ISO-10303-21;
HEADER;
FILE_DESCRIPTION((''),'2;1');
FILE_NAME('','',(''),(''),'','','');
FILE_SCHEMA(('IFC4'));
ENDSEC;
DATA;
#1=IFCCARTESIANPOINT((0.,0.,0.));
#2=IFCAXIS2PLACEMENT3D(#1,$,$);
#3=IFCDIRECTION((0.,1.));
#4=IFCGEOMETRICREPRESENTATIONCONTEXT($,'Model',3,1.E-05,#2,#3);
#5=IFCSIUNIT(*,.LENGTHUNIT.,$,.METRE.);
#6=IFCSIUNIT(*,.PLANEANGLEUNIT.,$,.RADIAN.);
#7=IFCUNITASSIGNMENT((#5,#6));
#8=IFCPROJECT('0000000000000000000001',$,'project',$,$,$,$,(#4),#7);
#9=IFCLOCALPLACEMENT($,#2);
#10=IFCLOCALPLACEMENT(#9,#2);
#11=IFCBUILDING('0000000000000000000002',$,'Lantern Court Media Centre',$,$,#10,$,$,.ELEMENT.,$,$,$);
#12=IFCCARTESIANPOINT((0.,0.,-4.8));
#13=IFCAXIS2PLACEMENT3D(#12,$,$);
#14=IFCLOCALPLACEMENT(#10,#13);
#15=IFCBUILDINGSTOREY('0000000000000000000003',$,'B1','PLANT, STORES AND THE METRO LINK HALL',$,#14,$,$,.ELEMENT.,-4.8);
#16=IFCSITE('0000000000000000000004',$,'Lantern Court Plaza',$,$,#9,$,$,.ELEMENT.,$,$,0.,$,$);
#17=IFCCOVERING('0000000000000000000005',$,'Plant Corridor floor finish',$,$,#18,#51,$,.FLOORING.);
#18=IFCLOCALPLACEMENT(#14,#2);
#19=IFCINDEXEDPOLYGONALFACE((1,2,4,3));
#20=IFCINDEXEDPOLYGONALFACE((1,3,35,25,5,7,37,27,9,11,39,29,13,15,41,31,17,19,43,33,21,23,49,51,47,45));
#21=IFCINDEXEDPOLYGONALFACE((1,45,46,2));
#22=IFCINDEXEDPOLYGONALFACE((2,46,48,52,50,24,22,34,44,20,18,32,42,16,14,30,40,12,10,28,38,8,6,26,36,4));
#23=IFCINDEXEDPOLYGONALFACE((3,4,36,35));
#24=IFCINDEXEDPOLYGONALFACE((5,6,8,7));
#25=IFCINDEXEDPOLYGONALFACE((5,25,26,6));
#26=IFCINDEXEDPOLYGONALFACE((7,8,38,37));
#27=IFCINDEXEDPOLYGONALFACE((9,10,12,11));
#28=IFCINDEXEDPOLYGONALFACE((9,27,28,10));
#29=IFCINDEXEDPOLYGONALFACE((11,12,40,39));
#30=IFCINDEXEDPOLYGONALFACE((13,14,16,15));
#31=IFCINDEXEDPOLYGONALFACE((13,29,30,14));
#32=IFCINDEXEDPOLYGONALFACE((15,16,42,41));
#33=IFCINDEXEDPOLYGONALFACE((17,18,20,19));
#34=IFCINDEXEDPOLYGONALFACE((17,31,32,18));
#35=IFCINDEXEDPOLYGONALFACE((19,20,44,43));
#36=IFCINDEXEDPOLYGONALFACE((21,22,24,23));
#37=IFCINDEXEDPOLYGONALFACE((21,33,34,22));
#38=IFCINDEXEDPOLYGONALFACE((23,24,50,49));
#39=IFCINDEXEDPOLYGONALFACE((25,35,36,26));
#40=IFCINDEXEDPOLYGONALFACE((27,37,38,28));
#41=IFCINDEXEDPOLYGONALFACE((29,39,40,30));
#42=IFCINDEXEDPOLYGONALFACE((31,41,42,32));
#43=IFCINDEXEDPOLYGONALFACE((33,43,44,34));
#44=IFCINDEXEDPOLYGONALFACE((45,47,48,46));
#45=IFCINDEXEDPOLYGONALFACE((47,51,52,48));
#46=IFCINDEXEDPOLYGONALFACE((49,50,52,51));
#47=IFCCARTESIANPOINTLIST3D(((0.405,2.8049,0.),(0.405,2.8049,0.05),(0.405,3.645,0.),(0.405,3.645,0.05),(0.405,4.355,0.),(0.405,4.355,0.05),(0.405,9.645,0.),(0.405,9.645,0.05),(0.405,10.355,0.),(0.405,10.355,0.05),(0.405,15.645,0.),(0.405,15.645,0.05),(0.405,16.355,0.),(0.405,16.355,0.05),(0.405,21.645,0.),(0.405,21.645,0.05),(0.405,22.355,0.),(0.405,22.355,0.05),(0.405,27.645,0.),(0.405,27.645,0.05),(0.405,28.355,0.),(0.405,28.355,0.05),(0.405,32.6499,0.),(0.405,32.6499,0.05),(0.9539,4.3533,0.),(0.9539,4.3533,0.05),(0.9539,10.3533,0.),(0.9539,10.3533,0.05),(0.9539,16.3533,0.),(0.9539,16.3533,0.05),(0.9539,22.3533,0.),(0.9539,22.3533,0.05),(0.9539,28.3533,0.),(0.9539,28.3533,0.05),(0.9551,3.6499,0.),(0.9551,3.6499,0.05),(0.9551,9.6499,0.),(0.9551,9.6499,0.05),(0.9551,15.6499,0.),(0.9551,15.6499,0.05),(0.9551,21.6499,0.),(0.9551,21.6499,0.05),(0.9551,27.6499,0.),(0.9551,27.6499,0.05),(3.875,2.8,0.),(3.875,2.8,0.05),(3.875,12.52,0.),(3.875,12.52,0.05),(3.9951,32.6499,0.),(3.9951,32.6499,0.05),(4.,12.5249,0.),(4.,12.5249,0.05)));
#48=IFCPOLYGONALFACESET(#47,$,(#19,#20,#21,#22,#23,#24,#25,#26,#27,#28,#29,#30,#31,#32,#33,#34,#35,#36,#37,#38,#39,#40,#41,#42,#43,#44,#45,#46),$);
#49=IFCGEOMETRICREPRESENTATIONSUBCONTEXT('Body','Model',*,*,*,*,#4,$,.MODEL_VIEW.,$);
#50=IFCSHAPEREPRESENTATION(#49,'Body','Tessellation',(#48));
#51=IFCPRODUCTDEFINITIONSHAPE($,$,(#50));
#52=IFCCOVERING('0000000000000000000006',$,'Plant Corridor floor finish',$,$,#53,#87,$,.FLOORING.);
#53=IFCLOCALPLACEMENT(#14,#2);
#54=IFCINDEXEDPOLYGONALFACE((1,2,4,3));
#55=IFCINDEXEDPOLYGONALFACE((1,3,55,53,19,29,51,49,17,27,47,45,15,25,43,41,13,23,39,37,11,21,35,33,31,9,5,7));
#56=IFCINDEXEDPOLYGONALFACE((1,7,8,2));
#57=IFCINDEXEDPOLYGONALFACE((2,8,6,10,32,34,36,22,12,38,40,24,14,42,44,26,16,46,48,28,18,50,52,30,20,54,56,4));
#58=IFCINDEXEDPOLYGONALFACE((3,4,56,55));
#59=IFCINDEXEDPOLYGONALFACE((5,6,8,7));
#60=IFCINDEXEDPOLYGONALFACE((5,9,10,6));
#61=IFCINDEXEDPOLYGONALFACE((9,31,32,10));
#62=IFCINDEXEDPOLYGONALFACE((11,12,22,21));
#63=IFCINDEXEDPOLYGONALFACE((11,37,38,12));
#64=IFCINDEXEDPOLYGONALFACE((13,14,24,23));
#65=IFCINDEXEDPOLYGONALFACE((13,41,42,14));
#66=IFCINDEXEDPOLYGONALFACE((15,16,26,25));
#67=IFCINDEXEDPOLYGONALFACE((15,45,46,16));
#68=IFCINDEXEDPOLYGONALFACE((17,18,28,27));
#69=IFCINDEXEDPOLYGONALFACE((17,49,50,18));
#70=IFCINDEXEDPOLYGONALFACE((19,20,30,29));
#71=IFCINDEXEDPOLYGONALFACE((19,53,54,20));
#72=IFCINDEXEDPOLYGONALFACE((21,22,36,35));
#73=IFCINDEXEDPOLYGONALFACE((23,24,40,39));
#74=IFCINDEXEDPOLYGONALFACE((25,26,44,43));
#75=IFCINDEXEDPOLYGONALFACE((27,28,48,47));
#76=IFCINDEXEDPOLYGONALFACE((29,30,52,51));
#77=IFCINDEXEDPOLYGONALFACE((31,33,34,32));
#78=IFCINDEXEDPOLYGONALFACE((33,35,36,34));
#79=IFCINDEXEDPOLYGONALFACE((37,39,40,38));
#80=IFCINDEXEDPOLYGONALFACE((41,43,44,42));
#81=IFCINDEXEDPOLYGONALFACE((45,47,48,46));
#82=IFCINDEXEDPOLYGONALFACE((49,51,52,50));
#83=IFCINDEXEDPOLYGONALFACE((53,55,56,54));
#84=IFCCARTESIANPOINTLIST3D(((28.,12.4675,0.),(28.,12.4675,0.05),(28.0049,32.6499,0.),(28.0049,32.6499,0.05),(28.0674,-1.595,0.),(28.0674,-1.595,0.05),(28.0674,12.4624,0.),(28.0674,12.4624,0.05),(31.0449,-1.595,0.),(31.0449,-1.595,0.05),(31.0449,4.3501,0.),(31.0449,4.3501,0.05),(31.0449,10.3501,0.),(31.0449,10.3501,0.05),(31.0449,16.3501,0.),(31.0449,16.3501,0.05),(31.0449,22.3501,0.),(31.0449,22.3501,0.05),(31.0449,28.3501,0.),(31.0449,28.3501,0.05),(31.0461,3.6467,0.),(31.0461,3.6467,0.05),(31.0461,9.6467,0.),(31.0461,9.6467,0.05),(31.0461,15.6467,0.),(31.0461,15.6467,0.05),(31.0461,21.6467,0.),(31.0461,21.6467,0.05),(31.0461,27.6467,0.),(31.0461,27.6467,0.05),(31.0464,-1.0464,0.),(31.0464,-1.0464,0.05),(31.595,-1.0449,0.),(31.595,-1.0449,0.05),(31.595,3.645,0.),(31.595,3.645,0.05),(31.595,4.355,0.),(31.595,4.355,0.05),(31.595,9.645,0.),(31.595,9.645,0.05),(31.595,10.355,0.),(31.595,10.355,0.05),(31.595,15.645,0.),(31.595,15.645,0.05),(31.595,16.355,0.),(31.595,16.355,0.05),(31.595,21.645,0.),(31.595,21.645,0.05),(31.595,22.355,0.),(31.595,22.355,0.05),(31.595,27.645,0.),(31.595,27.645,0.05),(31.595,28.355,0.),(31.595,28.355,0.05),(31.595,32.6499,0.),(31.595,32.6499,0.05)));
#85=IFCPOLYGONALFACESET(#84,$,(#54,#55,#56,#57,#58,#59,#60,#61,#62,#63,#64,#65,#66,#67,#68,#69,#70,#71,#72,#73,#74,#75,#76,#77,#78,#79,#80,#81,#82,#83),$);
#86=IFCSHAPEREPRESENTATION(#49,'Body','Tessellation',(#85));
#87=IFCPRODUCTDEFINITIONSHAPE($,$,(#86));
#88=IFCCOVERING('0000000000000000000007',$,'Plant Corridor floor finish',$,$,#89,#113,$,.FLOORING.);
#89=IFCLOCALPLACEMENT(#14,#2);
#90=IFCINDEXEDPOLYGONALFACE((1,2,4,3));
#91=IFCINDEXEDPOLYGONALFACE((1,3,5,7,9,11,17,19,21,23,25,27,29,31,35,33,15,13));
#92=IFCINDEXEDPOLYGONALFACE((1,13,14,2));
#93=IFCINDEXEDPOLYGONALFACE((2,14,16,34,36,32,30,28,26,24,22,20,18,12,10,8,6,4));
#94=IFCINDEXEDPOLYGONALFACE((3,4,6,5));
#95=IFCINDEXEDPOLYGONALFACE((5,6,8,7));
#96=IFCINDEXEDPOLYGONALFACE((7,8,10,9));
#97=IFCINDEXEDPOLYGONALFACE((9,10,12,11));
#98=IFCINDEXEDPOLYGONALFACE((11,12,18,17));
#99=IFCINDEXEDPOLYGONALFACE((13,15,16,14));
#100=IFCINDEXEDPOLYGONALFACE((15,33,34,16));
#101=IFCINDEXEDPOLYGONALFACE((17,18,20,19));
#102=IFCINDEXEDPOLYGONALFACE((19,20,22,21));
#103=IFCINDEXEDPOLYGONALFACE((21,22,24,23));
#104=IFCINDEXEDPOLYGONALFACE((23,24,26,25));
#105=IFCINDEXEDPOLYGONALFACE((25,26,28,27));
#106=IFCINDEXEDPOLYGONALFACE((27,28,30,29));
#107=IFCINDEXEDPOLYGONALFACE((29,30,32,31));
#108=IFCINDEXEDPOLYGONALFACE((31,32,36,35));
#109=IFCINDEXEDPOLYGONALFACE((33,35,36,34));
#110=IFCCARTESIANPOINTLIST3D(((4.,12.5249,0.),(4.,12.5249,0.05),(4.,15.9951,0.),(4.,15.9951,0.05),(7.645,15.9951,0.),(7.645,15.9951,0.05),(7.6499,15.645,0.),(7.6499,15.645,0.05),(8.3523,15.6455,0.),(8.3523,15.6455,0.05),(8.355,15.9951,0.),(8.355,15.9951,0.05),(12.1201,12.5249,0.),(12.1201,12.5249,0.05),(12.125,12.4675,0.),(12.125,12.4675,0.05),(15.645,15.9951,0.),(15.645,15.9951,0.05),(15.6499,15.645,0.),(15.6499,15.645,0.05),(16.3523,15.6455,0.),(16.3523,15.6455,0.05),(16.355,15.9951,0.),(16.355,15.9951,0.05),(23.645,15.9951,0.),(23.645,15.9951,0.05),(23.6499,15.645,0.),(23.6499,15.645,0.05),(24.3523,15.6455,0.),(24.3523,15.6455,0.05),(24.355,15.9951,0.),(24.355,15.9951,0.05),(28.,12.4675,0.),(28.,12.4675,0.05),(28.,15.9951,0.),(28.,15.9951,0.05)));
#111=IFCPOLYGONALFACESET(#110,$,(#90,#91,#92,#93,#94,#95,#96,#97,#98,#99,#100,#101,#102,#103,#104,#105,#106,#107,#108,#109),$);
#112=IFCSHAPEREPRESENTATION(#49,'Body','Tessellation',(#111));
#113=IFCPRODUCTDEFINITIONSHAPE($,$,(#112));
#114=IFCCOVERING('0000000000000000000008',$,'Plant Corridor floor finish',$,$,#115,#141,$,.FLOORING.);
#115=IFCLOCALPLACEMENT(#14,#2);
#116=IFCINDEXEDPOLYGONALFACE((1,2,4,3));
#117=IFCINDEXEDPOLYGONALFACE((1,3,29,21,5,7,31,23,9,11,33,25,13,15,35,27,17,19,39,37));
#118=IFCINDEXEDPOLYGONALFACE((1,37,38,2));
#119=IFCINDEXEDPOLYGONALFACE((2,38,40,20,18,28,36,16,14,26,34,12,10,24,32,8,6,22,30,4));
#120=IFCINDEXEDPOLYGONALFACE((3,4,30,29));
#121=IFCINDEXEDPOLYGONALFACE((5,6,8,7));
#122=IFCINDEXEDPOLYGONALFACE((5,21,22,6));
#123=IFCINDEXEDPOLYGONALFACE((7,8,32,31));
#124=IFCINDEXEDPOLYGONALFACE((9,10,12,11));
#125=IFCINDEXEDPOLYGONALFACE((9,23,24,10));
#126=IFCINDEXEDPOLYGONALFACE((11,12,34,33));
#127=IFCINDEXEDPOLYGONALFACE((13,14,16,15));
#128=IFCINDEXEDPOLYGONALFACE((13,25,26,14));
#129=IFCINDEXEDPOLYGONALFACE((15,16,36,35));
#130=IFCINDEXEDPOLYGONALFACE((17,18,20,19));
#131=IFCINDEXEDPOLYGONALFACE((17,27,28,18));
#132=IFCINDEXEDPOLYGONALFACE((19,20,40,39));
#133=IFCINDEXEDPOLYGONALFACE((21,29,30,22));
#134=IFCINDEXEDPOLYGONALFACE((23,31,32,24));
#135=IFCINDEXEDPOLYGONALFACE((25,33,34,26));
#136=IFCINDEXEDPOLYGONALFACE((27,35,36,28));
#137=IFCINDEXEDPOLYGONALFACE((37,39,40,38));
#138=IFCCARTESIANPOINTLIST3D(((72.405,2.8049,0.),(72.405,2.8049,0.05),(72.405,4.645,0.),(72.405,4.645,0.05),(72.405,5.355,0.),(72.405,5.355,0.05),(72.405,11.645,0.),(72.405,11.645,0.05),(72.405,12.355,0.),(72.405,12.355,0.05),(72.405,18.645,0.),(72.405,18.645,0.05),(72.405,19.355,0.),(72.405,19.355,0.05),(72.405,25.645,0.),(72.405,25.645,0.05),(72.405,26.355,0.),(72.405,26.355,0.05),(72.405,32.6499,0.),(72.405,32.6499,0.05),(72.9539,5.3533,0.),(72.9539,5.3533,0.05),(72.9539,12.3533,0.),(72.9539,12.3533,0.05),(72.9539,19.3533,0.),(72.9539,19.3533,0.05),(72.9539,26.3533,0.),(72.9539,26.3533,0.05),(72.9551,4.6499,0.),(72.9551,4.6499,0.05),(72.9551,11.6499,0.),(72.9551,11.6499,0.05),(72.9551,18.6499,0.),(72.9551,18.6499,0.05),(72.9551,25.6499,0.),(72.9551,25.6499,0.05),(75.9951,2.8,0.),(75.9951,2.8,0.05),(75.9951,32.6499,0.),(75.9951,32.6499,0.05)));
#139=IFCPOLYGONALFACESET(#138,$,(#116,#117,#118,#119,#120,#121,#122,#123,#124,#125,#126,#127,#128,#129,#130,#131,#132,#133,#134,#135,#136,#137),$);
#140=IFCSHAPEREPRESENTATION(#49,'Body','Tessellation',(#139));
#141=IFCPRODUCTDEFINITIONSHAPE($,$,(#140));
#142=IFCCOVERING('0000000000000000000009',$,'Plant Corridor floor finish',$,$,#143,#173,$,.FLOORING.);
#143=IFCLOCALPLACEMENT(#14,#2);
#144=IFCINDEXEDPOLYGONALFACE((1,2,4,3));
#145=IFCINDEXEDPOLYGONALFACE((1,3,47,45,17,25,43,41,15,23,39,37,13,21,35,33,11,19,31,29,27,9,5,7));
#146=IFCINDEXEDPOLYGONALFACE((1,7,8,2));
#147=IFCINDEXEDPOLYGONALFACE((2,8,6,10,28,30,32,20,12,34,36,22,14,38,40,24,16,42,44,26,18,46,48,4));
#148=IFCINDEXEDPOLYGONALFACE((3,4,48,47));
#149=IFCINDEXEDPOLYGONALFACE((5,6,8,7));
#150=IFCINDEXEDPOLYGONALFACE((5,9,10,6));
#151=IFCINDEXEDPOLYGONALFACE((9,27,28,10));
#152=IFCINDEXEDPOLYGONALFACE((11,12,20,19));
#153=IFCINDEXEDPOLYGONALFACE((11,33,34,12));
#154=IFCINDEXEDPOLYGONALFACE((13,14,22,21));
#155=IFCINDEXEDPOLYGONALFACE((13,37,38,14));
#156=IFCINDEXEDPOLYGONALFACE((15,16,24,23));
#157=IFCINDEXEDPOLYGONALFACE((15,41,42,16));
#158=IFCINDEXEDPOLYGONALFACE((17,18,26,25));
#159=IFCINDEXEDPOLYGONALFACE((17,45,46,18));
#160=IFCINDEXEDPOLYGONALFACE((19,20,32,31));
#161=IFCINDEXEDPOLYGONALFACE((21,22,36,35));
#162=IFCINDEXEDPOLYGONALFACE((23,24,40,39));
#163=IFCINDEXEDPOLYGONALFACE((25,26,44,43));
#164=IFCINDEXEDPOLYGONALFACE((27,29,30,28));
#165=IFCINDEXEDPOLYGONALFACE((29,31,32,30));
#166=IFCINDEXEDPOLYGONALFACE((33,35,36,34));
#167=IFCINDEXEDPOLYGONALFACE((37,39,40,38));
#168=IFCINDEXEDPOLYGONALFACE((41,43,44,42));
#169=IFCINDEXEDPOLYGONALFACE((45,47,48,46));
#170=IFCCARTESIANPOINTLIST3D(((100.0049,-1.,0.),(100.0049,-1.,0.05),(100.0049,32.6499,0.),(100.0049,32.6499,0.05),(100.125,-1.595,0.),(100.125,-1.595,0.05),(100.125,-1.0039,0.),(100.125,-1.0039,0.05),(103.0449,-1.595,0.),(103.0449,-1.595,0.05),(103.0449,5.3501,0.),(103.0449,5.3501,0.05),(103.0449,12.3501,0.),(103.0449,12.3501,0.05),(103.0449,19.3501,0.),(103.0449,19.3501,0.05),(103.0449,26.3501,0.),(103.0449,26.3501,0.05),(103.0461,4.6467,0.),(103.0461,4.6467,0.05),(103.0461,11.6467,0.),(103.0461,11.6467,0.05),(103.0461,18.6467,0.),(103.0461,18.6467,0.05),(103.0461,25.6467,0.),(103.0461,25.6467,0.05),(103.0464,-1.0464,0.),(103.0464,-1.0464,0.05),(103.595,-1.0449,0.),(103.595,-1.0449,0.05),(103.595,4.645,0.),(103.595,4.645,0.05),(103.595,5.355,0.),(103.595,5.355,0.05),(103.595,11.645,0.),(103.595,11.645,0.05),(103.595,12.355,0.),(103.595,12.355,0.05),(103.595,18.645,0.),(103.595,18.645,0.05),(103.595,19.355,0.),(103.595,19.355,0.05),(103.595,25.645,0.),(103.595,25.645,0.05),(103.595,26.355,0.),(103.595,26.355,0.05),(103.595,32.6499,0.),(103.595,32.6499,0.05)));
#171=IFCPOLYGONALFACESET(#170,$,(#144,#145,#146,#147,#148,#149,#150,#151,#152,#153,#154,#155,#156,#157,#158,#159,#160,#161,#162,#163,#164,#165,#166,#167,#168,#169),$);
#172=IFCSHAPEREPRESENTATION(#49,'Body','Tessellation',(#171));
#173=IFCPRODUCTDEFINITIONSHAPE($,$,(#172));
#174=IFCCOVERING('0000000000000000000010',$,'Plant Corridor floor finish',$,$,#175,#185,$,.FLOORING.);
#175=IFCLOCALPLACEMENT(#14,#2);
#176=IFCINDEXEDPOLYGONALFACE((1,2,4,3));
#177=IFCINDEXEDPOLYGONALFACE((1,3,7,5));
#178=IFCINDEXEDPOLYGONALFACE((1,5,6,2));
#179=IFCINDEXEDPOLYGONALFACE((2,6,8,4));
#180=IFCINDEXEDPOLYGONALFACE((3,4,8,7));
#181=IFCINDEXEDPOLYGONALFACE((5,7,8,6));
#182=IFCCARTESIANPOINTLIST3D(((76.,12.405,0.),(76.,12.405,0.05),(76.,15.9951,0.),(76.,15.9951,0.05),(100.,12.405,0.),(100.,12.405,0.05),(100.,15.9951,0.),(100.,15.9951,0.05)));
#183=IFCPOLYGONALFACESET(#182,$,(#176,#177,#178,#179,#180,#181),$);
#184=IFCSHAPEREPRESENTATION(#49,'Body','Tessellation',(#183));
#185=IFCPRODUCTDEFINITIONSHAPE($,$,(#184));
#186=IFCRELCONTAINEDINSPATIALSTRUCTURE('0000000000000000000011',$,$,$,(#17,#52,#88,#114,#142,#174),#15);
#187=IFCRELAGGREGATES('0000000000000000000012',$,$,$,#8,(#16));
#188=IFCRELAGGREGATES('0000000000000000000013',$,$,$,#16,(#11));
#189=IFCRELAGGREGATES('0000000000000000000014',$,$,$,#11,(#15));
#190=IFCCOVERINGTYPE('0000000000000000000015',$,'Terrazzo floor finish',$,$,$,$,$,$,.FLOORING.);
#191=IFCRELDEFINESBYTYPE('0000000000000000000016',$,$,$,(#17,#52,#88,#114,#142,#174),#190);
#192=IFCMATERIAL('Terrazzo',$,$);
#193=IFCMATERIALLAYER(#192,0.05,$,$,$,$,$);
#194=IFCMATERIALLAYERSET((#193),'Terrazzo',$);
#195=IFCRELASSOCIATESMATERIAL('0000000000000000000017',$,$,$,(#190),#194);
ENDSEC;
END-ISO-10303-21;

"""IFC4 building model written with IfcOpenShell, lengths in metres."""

from ifc_helpers import new_model, si_unit, direction, frame, origin, place, context, subcontext, project, spatial, polyline, outline, extrude, material, layer, layer_set, type_object, element, save


model = new_model("IFC4")

# Units and contexts
model_context = context("Model", 3, precision=1e-05, world=origin(), true_north=direction((0.0, 1.0)))
body_context = subcontext(model_context, "Body", "Model", "MODEL_VIEW")
ifc_project = project(units=[si_unit("LENGTHUNIT", "METRE"), si_unit("PLANEANGLEUNIT", "RADIAN")], contexts=[model_context])

# Site, building, storey
site_placement = place(None, origin())
site = spatial("IfcSite", under=ifc_project, at=site_placement, Name="Lantern Court Plaza", CompositionType="ELEMENT", RefElevation=0.0)
building_placement = place(site_placement, origin())
building = spatial("IfcBuilding", under=site, at=building_placement, Name="Lantern Court Media Centre", CompositionType="ELEMENT")
storey_placement = place(building_placement, frame((0.0, 0.0, -4.8)))
storey = spatial("IfcBuildingStorey", under=building, at=storey_placement, Name="B1", Description="PLANT, STORES AND THE METRO LINK HALL", CompositionType="ELEMENT", Elevation=-4.8)

# Coverings
ifc_material_1 = material(Name="Terrazzo")
ifc_layer_1 = layer(ifc_material_1, 0.05)
ifc_layer_set_1 = layer_set([ifc_layer_1], Name="Terrazzo")
covering_type_1 = type_object("IfcCoveringType", Name="Terrazzo floor finish", PredefinedType="FLOORING", material=ifc_layer_set_1)
covering_1_placement = place(storey_placement, origin())
element("IfcCovering", 1, at=covering_1_placement, inside=storey, type_object=covering_type_1, Name="Plant Corridor floor finish", PredefinedType="FLOORING", context=body_context, shape_type="SweptSolid", body=[
    extrude(outline(polyline([(4.0, 12.5249), (3.875, 12.52), (3.875, 2.8), (0.405, 2.8049), (0.405, 3.645), (0.9551, 3.6499), (0.9539, 4.3533), (0.405, 4.355), (0.405, 9.645), (0.9551, 9.6499), (0.9539, 10.3533), (0.405, 10.355), (0.405, 15.645), (0.9551, 15.6499), (0.9539, 16.3533), (0.405, 16.355), (0.405, 21.645), (0.9551, 21.6499), (0.9539, 22.3533), (0.405, 22.355), (0.405, 27.645), (0.9551, 27.6499), (0.9539, 28.3533), (0.405, 28.355), (0.405, 32.6499), (3.9951, 32.6499), (4.0, 12.5249)])), origin(), (0.0, 0.0, 1.0), 0.05),
])
covering_2_placement = place(storey_placement, origin())
element("IfcCovering", 2, at=covering_2_placement, inside=storey, type_object=covering_type_1, Name="Plant Corridor floor finish", PredefinedType="FLOORING", context=body_context, shape_type="SweptSolid", body=[
    extrude(outline(polyline([(31.595, 32.6499), (31.595, 28.355), (31.0449, 28.3501), (31.0461, 27.6467), (31.595, 27.645), (31.595, 22.355), (31.0449, 22.3501), (31.0461, 21.6467), (31.595, 21.645), (31.595, 16.355), (31.0449, 16.3501), (31.0461, 15.6467), (31.595, 15.645), (31.595, 10.355), (31.0449, 10.3501), (31.0461, 9.6467), (31.595, 9.645), (31.595, 4.355), (31.0449, 4.3501), (31.0461, 3.6467), (31.595, 3.645), (31.595, -1.0449), (31.0464, -1.0464), (31.0449, -1.595), (28.0674, -1.595), (28.0674, 12.4624), (28.0, 12.4675), (28.0049, 32.6499), (31.595, 32.6499)])), origin(), (0.0, 0.0, 1.0), 0.05),
])
covering_3_placement = place(storey_placement, origin())
element("IfcCovering", 3, at=covering_3_placement, inside=storey, type_object=covering_type_1, Name="Plant Corridor floor finish", PredefinedType="FLOORING", context=body_context, shape_type="SweptSolid", body=[
    extrude(outline(polyline([(28.0, 12.4675), (12.125, 12.4675), (12.1201, 12.5249), (4.0, 12.5249), (4.0, 15.9951), (7.645, 15.9951), (7.6499, 15.645), (8.3523, 15.6455), (8.355, 15.9951), (15.645, 15.9951), (15.6499, 15.645), (16.3523, 15.6455), (16.355, 15.9951), (23.645, 15.9951), (23.6499, 15.645), (24.3523, 15.6455), (24.355, 15.9951), (28.0, 15.9951), (28.0, 12.4675)])), origin(), (0.0, 0.0, 1.0), 0.05),
])
covering_4_placement = place(storey_placement, origin())
element("IfcCovering", 4, at=covering_4_placement, inside=storey, type_object=covering_type_1, Name="Plant Corridor floor finish", PredefinedType="FLOORING", context=body_context, shape_type="SweptSolid", body=[
    extrude(outline(polyline([(75.9951, 32.6499), (75.9951, 2.8), (72.405, 2.8049), (72.405, 4.645), (72.9551, 4.6499), (72.9539, 5.3533), (72.405, 5.355), (72.405, 11.645), (72.9551, 11.6499), (72.9539, 12.3533), (72.405, 12.355), (72.405, 18.645), (72.9551, 18.6499), (72.9539, 19.3533), (72.405, 19.355), (72.405, 25.645), (72.9551, 25.6499), (72.9539, 26.3533), (72.405, 26.355), (72.405, 32.6499), (75.9951, 32.6499)])), origin(), (0.0, 0.0, 1.0), 0.05),
])
covering_5_placement = place(storey_placement, origin())
element("IfcCovering", 5, at=covering_5_placement, inside=storey, type_object=covering_type_1, Name="Plant Corridor floor finish", PredefinedType="FLOORING", context=body_context, shape_type="SweptSolid", body=[
    extrude(outline(polyline([(103.595, 32.6499), (103.595, 26.355), (103.0449, 26.3501), (103.0461, 25.6467), (103.595, 25.645), (103.595, 19.355), (103.0449, 19.3501), (103.0461, 18.6467), (103.595, 18.645), (103.595, 12.355), (103.0449, 12.3501), (103.0461, 11.6467), (103.595, 11.645), (103.595, 5.355), (103.0449, 5.3501), (103.0461, 4.6467), (103.595, 4.645), (103.595, -1.0449), (103.0464, -1.0464), (103.0449, -1.595), (100.125, -1.595), (100.125, -1.0039), (100.0049, -1.0), (100.0049, 32.6499), (103.595, 32.6499)])), origin(), (0.0, 0.0, 1.0), 0.05),
])
covering_6_placement = place(storey_placement, origin())
element("IfcCovering", 6, at=covering_6_placement, inside=storey, type_object=covering_type_1, Name="Plant Corridor floor finish", PredefinedType="FLOORING", context=body_context, shape_type="SweptSolid", body=[
    extrude(outline(polyline([(100.0, 12.405), (76.0, 12.405), (76.0, 15.9951), (100.0, 15.9951), (100.0, 12.405)])), origin(), (0.0, 0.0, 1.0), 0.05),
])

save(model, "model.ifc")
